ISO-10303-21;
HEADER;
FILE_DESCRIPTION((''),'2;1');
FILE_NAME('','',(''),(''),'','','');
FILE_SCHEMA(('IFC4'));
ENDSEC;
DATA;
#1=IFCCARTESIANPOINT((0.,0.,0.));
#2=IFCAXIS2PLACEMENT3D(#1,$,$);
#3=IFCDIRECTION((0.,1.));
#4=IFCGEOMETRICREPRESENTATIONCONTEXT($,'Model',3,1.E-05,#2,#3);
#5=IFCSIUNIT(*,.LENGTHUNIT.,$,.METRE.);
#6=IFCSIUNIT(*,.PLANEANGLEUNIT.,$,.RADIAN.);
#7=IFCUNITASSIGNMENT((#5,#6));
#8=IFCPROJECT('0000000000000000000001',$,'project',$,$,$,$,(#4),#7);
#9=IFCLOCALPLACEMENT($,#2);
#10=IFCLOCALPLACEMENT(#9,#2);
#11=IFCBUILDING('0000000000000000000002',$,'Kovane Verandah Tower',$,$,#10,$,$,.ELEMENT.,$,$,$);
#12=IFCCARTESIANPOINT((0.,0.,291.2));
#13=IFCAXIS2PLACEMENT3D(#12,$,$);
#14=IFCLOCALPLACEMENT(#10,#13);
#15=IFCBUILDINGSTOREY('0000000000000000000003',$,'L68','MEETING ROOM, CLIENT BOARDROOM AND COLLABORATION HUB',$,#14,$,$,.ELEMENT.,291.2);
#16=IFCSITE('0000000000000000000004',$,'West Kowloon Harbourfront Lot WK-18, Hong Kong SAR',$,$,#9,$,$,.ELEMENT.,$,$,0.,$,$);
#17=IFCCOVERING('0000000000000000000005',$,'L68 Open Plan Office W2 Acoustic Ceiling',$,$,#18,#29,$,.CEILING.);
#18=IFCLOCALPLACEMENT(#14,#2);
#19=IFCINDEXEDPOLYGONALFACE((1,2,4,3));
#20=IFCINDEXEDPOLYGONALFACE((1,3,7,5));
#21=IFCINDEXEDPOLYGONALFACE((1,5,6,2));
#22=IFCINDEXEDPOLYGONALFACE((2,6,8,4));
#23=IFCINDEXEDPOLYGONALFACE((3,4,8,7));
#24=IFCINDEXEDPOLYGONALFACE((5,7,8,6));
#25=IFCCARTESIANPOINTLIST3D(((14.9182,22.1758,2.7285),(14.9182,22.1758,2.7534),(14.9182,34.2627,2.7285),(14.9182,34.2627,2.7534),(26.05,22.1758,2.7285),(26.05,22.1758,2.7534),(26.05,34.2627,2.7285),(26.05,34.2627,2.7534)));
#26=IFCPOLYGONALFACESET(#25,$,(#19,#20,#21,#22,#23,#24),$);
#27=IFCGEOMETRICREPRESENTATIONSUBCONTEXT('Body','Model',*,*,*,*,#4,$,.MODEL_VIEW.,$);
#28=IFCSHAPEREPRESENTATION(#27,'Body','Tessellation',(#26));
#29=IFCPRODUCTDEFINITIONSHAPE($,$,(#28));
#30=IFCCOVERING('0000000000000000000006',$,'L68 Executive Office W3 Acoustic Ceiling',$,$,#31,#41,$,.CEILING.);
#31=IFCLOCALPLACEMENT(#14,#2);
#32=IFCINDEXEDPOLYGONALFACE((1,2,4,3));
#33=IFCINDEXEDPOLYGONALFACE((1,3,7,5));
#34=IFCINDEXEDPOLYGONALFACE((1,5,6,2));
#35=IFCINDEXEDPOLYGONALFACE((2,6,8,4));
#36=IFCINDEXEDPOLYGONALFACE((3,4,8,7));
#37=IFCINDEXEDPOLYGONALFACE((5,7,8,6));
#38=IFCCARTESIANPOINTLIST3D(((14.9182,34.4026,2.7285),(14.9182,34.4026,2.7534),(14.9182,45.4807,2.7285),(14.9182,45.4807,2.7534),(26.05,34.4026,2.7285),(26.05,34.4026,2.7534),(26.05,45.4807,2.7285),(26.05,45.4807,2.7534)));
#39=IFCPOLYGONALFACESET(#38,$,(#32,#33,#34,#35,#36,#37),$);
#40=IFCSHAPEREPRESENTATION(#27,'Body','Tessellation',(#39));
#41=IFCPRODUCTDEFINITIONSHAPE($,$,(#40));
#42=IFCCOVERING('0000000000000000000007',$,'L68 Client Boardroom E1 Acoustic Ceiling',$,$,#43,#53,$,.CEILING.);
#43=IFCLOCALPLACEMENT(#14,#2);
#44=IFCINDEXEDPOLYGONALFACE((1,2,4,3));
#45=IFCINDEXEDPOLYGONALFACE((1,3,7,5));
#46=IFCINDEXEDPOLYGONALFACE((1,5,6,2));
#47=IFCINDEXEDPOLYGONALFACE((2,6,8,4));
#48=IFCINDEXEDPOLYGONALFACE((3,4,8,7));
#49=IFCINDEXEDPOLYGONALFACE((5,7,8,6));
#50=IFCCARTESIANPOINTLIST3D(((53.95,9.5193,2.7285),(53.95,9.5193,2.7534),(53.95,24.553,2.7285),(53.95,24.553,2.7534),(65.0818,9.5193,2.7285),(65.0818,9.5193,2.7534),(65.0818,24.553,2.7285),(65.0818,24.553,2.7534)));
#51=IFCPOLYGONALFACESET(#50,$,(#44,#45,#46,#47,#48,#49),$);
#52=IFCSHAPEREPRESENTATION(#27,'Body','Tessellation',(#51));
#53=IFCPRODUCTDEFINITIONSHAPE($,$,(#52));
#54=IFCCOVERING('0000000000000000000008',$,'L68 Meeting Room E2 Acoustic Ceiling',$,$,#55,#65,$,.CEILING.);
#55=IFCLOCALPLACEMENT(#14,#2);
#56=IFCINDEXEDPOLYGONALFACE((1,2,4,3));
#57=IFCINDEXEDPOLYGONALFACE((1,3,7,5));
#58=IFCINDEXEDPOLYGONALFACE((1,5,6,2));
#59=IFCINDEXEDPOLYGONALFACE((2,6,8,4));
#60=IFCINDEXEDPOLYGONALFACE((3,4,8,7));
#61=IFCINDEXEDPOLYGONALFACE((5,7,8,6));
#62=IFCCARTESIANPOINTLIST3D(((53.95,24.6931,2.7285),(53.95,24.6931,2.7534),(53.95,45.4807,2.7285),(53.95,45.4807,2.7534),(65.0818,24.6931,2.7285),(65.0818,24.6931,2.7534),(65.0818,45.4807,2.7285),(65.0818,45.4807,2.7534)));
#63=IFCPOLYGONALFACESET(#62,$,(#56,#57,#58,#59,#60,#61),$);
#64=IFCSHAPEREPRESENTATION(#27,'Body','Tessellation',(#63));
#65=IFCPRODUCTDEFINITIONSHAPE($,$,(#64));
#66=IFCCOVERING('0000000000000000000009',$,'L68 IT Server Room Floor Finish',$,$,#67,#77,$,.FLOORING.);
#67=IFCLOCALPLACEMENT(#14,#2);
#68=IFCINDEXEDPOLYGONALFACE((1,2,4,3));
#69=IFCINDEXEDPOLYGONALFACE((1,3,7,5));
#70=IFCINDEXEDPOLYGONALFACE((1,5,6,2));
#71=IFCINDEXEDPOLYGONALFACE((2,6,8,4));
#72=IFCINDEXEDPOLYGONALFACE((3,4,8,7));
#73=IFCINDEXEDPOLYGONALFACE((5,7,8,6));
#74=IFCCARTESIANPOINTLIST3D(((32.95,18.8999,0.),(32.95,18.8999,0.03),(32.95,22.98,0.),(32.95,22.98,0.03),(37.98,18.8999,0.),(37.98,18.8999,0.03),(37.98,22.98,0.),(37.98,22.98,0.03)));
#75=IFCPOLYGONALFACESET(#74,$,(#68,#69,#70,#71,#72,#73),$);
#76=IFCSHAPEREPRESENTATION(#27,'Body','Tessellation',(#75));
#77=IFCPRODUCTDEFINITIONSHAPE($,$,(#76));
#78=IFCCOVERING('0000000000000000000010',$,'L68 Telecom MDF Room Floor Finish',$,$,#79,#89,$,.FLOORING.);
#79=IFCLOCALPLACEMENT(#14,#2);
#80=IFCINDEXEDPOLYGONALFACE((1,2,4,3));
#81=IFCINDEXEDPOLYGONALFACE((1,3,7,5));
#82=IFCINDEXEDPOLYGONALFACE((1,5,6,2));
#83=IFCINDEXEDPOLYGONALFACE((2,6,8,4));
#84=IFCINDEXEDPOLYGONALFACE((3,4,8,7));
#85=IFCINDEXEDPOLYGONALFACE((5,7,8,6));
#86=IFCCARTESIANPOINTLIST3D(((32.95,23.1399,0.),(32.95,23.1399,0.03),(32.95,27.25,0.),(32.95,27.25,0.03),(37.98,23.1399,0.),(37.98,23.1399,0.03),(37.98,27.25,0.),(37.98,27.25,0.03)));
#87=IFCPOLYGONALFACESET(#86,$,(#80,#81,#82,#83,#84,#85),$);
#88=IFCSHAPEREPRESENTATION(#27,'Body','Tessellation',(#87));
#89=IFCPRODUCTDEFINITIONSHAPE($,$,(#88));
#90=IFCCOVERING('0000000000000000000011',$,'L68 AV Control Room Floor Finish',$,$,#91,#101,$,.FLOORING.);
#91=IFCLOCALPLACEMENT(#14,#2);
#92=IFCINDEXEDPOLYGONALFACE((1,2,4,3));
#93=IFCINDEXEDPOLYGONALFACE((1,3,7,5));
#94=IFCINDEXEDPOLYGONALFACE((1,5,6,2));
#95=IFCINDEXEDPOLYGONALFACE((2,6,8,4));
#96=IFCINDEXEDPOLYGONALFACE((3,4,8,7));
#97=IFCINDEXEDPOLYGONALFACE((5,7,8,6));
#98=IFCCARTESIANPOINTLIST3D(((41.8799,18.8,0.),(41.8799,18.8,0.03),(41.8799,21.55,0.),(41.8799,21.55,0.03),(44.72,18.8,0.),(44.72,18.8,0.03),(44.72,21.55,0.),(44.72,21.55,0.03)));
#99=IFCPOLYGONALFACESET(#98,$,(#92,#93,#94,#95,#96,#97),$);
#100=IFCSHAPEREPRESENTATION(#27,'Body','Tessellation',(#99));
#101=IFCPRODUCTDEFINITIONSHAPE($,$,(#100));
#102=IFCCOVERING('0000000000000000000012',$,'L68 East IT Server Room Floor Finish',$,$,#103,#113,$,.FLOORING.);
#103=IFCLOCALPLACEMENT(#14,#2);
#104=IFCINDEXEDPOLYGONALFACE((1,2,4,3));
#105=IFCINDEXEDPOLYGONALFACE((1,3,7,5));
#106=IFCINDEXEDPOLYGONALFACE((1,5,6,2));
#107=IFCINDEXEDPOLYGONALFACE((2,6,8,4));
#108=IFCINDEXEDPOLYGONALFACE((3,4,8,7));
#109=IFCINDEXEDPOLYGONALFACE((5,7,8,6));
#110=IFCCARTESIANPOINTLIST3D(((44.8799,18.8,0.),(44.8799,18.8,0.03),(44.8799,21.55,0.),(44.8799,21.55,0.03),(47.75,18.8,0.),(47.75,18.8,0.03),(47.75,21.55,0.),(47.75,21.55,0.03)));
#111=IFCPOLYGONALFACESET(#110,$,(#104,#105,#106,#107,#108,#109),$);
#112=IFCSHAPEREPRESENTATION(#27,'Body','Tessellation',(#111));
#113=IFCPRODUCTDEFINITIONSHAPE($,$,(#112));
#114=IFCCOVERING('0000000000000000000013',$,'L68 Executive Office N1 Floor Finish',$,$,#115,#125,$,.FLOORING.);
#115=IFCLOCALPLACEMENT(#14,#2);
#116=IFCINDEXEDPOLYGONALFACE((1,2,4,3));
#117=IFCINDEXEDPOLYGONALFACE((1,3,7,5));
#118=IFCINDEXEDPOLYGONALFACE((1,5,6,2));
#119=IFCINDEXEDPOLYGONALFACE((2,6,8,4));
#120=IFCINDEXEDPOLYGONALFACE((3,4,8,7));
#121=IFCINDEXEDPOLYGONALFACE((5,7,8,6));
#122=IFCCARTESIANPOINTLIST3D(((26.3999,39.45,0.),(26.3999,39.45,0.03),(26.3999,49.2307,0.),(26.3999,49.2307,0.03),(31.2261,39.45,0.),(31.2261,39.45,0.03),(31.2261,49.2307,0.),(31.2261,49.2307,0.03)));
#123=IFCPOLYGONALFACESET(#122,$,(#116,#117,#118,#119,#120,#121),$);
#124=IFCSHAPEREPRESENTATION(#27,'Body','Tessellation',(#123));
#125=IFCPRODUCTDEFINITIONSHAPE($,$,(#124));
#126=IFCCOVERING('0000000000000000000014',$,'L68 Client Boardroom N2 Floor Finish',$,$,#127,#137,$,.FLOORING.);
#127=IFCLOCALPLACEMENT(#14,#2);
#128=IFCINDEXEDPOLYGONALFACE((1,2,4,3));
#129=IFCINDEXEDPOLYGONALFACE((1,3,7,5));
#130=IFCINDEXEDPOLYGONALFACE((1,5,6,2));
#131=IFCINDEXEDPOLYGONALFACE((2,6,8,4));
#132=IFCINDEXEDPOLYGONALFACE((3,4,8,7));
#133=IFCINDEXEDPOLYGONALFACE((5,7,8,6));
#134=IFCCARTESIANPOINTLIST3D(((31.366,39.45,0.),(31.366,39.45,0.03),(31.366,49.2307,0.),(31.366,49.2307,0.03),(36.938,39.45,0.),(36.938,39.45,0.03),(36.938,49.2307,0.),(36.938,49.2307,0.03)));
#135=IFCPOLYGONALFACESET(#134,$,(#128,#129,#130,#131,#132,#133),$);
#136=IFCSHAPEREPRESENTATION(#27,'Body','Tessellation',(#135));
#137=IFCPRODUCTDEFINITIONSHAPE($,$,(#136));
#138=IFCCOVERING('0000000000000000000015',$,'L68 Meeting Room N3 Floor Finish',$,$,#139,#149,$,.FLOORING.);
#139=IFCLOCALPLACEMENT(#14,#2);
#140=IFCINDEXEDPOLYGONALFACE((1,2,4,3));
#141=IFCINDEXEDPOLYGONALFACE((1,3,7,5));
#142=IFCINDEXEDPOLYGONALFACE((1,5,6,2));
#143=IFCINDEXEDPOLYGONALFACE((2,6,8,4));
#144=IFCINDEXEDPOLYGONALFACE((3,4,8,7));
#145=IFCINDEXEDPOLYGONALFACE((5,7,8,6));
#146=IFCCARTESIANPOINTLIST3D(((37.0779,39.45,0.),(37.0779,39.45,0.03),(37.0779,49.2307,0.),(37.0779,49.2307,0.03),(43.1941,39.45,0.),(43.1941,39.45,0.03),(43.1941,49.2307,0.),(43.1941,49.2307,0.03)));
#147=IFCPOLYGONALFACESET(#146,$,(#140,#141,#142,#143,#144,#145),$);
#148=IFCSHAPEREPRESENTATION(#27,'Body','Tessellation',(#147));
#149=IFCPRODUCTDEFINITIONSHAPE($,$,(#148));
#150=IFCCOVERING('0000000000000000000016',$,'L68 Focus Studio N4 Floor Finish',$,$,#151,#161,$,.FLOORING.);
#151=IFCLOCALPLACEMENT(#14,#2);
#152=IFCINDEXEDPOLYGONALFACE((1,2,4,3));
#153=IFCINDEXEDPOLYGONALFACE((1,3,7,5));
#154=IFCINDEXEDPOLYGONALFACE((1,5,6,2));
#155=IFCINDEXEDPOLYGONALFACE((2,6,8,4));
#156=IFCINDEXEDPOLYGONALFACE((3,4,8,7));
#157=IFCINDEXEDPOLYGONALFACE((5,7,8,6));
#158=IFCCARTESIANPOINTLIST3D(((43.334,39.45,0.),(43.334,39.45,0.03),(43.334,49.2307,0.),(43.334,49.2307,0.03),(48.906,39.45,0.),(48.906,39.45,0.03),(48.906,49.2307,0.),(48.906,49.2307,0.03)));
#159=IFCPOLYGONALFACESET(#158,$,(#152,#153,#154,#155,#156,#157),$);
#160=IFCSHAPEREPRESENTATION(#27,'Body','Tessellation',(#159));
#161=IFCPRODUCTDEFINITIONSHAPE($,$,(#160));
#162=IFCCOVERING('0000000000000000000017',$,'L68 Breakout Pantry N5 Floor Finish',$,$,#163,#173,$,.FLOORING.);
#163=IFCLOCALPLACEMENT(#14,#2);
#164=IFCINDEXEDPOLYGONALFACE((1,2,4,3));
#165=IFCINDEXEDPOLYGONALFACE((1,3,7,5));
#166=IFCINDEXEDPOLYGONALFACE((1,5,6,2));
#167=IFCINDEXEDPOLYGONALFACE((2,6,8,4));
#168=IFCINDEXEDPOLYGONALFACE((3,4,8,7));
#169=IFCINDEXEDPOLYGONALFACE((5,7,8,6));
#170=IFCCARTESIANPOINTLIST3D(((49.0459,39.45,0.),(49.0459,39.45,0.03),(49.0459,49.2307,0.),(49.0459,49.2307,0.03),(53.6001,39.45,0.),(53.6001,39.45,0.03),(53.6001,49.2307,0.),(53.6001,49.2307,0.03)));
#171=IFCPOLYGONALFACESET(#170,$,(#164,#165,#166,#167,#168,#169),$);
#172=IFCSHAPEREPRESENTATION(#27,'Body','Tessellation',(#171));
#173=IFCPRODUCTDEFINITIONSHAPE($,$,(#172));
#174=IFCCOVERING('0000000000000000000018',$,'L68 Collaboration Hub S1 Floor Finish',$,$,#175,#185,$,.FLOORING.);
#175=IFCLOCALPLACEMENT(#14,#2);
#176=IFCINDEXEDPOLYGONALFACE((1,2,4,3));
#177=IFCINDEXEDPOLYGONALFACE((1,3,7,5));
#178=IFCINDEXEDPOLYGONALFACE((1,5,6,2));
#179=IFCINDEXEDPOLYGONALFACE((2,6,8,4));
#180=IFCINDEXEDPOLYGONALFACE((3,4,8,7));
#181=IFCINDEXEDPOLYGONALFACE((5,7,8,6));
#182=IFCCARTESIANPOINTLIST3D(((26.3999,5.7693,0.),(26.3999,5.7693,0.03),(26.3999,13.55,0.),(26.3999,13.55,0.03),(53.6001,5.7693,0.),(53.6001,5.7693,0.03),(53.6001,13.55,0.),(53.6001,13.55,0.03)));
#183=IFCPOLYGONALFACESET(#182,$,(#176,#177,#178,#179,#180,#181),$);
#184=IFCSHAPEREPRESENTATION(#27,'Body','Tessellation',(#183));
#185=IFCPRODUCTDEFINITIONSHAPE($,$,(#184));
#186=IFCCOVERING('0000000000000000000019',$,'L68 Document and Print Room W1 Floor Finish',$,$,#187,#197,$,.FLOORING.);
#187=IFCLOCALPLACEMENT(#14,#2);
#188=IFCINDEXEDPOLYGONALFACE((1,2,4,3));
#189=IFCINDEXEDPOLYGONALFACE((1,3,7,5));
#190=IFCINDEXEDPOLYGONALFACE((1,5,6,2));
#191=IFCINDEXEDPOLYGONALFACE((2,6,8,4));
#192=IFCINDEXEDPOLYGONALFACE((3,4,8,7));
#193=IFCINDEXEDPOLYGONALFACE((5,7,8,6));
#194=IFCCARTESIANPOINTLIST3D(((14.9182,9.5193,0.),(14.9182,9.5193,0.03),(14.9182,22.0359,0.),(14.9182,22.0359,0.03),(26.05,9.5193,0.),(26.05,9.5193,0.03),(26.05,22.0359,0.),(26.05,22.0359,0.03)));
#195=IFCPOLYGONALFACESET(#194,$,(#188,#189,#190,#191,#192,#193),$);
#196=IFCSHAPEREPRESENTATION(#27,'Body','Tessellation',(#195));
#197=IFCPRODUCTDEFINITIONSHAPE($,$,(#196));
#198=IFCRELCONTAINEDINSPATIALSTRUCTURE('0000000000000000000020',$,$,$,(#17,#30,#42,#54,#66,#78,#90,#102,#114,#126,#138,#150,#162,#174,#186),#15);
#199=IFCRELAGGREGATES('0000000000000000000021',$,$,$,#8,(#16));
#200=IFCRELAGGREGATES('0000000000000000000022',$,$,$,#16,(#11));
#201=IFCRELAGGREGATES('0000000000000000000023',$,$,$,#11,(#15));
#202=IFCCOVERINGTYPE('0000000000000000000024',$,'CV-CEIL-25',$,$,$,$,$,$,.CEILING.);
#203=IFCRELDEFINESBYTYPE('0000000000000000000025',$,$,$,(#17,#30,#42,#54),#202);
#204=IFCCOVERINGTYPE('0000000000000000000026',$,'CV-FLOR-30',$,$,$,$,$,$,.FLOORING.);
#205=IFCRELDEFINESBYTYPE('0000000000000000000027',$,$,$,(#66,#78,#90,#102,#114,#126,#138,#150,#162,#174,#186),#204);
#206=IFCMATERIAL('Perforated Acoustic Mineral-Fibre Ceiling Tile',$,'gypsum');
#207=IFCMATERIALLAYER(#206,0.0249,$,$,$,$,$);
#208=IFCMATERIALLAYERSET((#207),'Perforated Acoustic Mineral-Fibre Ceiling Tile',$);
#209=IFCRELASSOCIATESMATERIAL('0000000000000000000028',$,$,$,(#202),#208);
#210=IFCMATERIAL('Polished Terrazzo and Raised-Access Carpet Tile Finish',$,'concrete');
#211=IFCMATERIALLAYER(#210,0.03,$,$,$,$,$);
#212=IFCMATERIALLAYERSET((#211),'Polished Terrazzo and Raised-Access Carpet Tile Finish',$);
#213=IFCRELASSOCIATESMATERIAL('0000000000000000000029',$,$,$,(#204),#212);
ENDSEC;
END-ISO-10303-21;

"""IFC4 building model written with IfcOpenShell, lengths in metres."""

from ifc_helpers import new_model, si_unit, direction, frame, origin, place, context, subcontext, project, spatial, polyline, outline, extrude, material, layer, layer_set, type_object, element, save


model = new_model("IFC4")

# Units and contexts
model_context = context("Model", 3, precision=1e-05, world=origin(), true_north=direction((0.0, 1.0)))
body_context = subcontext(model_context, "Body", "Model", "MODEL_VIEW")
ifc_project = project(units=[si_unit("LENGTHUNIT", "METRE"), si_unit("PLANEANGLEUNIT", "RADIAN")], contexts=[model_context])

# Site, building, storey
site_placement = place(None, origin())
site = spatial("IfcSite", under=ifc_project, at=site_placement, Name="West Kowloon Harbourfront Lot WK-18, Hong Kong SAR", CompositionType="ELEMENT", RefElevation=0.0)
building_placement = place(site_placement, origin())
building = spatial("IfcBuilding", under=site, at=building_placement, Name="Kovane Verandah Tower", CompositionType="ELEMENT")
storey_placement = place(building_placement, frame((0.0, 0.0, 291.2)))
storey = spatial("IfcBuildingStorey", under=building, at=storey_placement, Name="L68", Description="MEETING ROOM, CLIENT BOARDROOM AND COLLABORATION HUB", CompositionType="ELEMENT", Elevation=291.2)

# Coverings
ifc_material_1 = material(Name="Perforated Acoustic Mineral-Fibre Ceiling Tile", Category="gypsum")
ifc_layer_1 = layer(ifc_material_1, 0.0249)
ifc_layer_set_1 = layer_set([ifc_layer_1], Name="Perforated Acoustic Mineral-Fibre Ceiling Tile")
covering_type_1 = type_object("IfcCoveringType", Name="CV-CEIL-25", PredefinedType="CEILING", material=ifc_layer_set_1)
covering_1_placement = place(storey_placement, frame((0.0, 0.0, 2.7285)))
element("IfcCovering", 1, at=covering_1_placement, inside=storey, type_object=covering_type_1, Name="L68 Open Plan Office W2 Acoustic Ceiling", PredefinedType="CEILING", context=body_context, shape_type="SweptSolid", body=[
    extrude(outline(polyline([(14.9182, 22.1758), (26.05, 22.1758), (26.05, 34.2627), (14.9182, 34.2627), (14.9182, 22.1758)])), origin(), (0.0, 0.0, 1.0), 0.0249),
])
covering_2_placement = place(storey_placement, frame((0.0, 0.0, 2.7285)))
element("IfcCovering", 2, at=covering_2_placement, inside=storey, type_object=covering_type_1, Name="L68 Executive Office W3 Acoustic Ceiling", PredefinedType="CEILING", context=body_context, shape_type="SweptSolid", body=[
    extrude(outline(polyline([(14.9182, 34.4026), (26.05, 34.4026), (26.05, 45.4807), (14.9182, 45.4807), (14.9182, 34.4026)])), origin(), (0.0, 0.0, 1.0), 0.0249),
])
covering_3_placement = place(storey_placement, frame((0.0, 0.0, 2.7285)))
element("IfcCovering", 3, at=covering_3_placement, inside=storey, type_object=covering_type_1, Name="L68 Client Boardroom E1 Acoustic Ceiling", PredefinedType="CEILING", context=body_context, shape_type="SweptSolid", body=[
    extrude(outline(polyline([(53.95, 9.5193), (65.0818, 9.5193), (65.0818, 24.553), (53.95, 24.553), (53.95, 9.5193)])), origin(), (0.0, 0.0, 1.0), 0.0249),
])
covering_4_placement = place(storey_placement, frame((0.0, 0.0, 2.7285)))
element("IfcCovering", 4, at=covering_4_placement, inside=storey, type_object=covering_type_1, Name="L68 Meeting Room E2 Acoustic Ceiling", PredefinedType="CEILING", context=body_context, shape_type="SweptSolid", body=[
    extrude(outline(polyline([(53.95, 24.6931), (65.0818, 24.6931), (65.0818, 45.4807), (53.95, 45.4807), (53.95, 24.6931)])), origin(), (0.0, 0.0, 1.0), 0.0249),
])
ifc_material_2 = material(Name="Polished Terrazzo and Raised-Access Carpet Tile Finish", Category="concrete")
ifc_layer_2 = layer(ifc_material_2, 0.03)
ifc_layer_set_2 = layer_set([ifc_layer_2], Name="Polished Terrazzo and Raised-Access Carpet Tile Finish")
covering_type_2 = type_object("IfcCoveringType", Name="CV-FLOR-30", PredefinedType="FLOORING", material=ifc_layer_set_2)
covering_5_placement = place(storey_placement, origin())
element("IfcCovering", 5, at=covering_5_placement, inside=storey, type_object=covering_type_2, Name="L68 IT Server Room Floor Finish", PredefinedType="FLOORING", context=body_context, shape_type="SweptSolid", body=[
    extrude(outline(polyline([(32.95, 18.8999), (37.98, 18.8999), (37.98, 22.98), (32.95, 22.98), (32.95, 18.8999)])), origin(), (0.0, 0.0, 1.0), 0.03),
])
covering_6_placement = place(storey_placement, origin())
element("IfcCovering", 6, at=covering_6_placement, inside=storey, type_object=covering_type_2, Name="L68 Telecom MDF Room Floor Finish", PredefinedType="FLOORING", context=body_context, shape_type="SweptSolid", body=[
    extrude(outline(polyline([(32.95, 23.1399), (37.98, 23.1399), (37.98, 27.25), (32.95, 27.25), (32.95, 23.1399)])), origin(), (0.0, 0.0, 1.0), 0.03),
])
covering_7_placement = place(storey_placement, origin())
element("IfcCovering", 7, at=covering_7_placement, inside=storey, type_object=covering_type_2, Name="L68 AV Control Room Floor Finish", PredefinedType="FLOORING", context=body_context, shape_type="SweptSolid", body=[
    extrude(outline(polyline([(41.8799, 18.8), (44.72, 18.8), (44.72, 21.55), (41.8799, 21.55), (41.8799, 18.8)])), origin(), (0.0, 0.0, 1.0), 0.03),
])
covering_8_placement = place(storey_placement, origin())
element("IfcCovering", 8, at=covering_8_placement, inside=storey, type_object=covering_type_2, Name="L68 East IT Server Room Floor Finish", PredefinedType="FLOORING", context=body_context, shape_type="SweptSolid", body=[
    extrude(outline(polyline([(44.8799, 18.8), (47.75, 18.8), (47.75, 21.55), (44.8799, 21.55), (44.8799, 18.8)])), origin(), (0.0, 0.0, 1.0), 0.03),
])
covering_9_placement = place(storey_placement, origin())
element("IfcCovering", 9, at=covering_9_placement, inside=storey, type_object=covering_type_2, Name="L68 Executive Office N1 Floor Finish", PredefinedType="FLOORING", context=body_context, shape_type="SweptSolid", body=[
    extrude(outline(polyline([(26.3999, 39.45), (31.2261, 39.45), (31.2261, 49.2307), (26.3999, 49.2307), (26.3999, 39.45)])), origin(), (0.0, 0.0, 1.0), 0.03),
])
covering_10_placement = place(storey_placement, origin())
element("IfcCovering", 10, at=covering_10_placement, inside=storey, type_object=covering_type_2, Name="L68 Client Boardroom N2 Floor Finish", PredefinedType="FLOORING", context=body_context, shape_type="SweptSolid", body=[
    extrude(outline(polyline([(31.366, 39.45), (36.938, 39.45), (36.938, 49.2307), (31.366, 49.2307), (31.366, 39.45)])), origin(), (0.0, 0.0, 1.0), 0.03),
])
covering_11_placement = place(storey_placement, origin())
element("IfcCovering", 11, at=covering_11_placement, inside=storey, type_object=covering_type_2, Name="L68 Meeting Room N3 Floor Finish", PredefinedType="FLOORING", context=body_context, shape_type="SweptSolid", body=[
    extrude(outline(polyline([(37.0779, 39.45), (43.1941, 39.45), (43.1941, 49.2307), (37.0779, 49.2307), (37.0779, 39.45)])), origin(), (0.0, 0.0, 1.0), 0.03),
])
covering_12_placement = place(storey_placement, origin())
element("IfcCovering", 12, at=covering_12_placement, inside=storey, type_object=covering_type_2, Name="L68 Focus Studio N4 Floor Finish", PredefinedType="FLOORING", context=body_context, shape_type="SweptSolid", body=[
    extrude(outline(polyline([(43.334, 39.45), (48.906, 39.45), (48.906, 49.2307), (43.334, 49.2307), (43.334, 39.45)])), origin(), (0.0, 0.0, 1.0), 0.03),
])
covering_13_placement = place(storey_placement, origin())
element("IfcCovering", 13, at=covering_13_placement, inside=storey, type_object=covering_type_2, Name="L68 Breakout Pantry N5 Floor Finish", PredefinedType="FLOORING", context=body_context, shape_type="SweptSolid", body=[
    extrude(outline(polyline([(49.0459, 39.45), (53.6001, 39.45), (53.6001, 49.2307), (49.0459, 49.2307), (49.0459, 39.45)])), origin(), (0.0, 0.0, 1.0), 0.03),
])
covering_14_placement = place(storey_placement, origin())
element("IfcCovering", 14, at=covering_14_placement, inside=storey, type_object=covering_type_2, Name="L68 Collaboration Hub S1 Floor Finish", PredefinedType="FLOORING", context=body_context, shape_type="SweptSolid", body=[
    extrude(outline(polyline([(26.3999, 5.7693), (53.6001, 5.7693), (53.6001, 13.55), (26.3999, 13.55), (26.3999, 5.7693)])), origin(), (0.0, 0.0, 1.0), 0.03),
])
covering_15_placement = place(storey_placement, origin())
element("IfcCovering", 15, at=covering_15_placement, inside=storey, type_object=covering_type_2, Name="L68 Document and Print Room W1 Floor Finish", PredefinedType="FLOORING", context=body_context, shape_type="SweptSolid", body=[
    extrude(outline(polyline([(14.9182, 9.5193), (26.05, 9.5193), (26.05, 22.0359), (14.9182, 22.0359), (14.9182, 9.5193)])), origin(), (0.0, 0.0, 1.0), 0.03),
])

save(model, "model.ifc")
